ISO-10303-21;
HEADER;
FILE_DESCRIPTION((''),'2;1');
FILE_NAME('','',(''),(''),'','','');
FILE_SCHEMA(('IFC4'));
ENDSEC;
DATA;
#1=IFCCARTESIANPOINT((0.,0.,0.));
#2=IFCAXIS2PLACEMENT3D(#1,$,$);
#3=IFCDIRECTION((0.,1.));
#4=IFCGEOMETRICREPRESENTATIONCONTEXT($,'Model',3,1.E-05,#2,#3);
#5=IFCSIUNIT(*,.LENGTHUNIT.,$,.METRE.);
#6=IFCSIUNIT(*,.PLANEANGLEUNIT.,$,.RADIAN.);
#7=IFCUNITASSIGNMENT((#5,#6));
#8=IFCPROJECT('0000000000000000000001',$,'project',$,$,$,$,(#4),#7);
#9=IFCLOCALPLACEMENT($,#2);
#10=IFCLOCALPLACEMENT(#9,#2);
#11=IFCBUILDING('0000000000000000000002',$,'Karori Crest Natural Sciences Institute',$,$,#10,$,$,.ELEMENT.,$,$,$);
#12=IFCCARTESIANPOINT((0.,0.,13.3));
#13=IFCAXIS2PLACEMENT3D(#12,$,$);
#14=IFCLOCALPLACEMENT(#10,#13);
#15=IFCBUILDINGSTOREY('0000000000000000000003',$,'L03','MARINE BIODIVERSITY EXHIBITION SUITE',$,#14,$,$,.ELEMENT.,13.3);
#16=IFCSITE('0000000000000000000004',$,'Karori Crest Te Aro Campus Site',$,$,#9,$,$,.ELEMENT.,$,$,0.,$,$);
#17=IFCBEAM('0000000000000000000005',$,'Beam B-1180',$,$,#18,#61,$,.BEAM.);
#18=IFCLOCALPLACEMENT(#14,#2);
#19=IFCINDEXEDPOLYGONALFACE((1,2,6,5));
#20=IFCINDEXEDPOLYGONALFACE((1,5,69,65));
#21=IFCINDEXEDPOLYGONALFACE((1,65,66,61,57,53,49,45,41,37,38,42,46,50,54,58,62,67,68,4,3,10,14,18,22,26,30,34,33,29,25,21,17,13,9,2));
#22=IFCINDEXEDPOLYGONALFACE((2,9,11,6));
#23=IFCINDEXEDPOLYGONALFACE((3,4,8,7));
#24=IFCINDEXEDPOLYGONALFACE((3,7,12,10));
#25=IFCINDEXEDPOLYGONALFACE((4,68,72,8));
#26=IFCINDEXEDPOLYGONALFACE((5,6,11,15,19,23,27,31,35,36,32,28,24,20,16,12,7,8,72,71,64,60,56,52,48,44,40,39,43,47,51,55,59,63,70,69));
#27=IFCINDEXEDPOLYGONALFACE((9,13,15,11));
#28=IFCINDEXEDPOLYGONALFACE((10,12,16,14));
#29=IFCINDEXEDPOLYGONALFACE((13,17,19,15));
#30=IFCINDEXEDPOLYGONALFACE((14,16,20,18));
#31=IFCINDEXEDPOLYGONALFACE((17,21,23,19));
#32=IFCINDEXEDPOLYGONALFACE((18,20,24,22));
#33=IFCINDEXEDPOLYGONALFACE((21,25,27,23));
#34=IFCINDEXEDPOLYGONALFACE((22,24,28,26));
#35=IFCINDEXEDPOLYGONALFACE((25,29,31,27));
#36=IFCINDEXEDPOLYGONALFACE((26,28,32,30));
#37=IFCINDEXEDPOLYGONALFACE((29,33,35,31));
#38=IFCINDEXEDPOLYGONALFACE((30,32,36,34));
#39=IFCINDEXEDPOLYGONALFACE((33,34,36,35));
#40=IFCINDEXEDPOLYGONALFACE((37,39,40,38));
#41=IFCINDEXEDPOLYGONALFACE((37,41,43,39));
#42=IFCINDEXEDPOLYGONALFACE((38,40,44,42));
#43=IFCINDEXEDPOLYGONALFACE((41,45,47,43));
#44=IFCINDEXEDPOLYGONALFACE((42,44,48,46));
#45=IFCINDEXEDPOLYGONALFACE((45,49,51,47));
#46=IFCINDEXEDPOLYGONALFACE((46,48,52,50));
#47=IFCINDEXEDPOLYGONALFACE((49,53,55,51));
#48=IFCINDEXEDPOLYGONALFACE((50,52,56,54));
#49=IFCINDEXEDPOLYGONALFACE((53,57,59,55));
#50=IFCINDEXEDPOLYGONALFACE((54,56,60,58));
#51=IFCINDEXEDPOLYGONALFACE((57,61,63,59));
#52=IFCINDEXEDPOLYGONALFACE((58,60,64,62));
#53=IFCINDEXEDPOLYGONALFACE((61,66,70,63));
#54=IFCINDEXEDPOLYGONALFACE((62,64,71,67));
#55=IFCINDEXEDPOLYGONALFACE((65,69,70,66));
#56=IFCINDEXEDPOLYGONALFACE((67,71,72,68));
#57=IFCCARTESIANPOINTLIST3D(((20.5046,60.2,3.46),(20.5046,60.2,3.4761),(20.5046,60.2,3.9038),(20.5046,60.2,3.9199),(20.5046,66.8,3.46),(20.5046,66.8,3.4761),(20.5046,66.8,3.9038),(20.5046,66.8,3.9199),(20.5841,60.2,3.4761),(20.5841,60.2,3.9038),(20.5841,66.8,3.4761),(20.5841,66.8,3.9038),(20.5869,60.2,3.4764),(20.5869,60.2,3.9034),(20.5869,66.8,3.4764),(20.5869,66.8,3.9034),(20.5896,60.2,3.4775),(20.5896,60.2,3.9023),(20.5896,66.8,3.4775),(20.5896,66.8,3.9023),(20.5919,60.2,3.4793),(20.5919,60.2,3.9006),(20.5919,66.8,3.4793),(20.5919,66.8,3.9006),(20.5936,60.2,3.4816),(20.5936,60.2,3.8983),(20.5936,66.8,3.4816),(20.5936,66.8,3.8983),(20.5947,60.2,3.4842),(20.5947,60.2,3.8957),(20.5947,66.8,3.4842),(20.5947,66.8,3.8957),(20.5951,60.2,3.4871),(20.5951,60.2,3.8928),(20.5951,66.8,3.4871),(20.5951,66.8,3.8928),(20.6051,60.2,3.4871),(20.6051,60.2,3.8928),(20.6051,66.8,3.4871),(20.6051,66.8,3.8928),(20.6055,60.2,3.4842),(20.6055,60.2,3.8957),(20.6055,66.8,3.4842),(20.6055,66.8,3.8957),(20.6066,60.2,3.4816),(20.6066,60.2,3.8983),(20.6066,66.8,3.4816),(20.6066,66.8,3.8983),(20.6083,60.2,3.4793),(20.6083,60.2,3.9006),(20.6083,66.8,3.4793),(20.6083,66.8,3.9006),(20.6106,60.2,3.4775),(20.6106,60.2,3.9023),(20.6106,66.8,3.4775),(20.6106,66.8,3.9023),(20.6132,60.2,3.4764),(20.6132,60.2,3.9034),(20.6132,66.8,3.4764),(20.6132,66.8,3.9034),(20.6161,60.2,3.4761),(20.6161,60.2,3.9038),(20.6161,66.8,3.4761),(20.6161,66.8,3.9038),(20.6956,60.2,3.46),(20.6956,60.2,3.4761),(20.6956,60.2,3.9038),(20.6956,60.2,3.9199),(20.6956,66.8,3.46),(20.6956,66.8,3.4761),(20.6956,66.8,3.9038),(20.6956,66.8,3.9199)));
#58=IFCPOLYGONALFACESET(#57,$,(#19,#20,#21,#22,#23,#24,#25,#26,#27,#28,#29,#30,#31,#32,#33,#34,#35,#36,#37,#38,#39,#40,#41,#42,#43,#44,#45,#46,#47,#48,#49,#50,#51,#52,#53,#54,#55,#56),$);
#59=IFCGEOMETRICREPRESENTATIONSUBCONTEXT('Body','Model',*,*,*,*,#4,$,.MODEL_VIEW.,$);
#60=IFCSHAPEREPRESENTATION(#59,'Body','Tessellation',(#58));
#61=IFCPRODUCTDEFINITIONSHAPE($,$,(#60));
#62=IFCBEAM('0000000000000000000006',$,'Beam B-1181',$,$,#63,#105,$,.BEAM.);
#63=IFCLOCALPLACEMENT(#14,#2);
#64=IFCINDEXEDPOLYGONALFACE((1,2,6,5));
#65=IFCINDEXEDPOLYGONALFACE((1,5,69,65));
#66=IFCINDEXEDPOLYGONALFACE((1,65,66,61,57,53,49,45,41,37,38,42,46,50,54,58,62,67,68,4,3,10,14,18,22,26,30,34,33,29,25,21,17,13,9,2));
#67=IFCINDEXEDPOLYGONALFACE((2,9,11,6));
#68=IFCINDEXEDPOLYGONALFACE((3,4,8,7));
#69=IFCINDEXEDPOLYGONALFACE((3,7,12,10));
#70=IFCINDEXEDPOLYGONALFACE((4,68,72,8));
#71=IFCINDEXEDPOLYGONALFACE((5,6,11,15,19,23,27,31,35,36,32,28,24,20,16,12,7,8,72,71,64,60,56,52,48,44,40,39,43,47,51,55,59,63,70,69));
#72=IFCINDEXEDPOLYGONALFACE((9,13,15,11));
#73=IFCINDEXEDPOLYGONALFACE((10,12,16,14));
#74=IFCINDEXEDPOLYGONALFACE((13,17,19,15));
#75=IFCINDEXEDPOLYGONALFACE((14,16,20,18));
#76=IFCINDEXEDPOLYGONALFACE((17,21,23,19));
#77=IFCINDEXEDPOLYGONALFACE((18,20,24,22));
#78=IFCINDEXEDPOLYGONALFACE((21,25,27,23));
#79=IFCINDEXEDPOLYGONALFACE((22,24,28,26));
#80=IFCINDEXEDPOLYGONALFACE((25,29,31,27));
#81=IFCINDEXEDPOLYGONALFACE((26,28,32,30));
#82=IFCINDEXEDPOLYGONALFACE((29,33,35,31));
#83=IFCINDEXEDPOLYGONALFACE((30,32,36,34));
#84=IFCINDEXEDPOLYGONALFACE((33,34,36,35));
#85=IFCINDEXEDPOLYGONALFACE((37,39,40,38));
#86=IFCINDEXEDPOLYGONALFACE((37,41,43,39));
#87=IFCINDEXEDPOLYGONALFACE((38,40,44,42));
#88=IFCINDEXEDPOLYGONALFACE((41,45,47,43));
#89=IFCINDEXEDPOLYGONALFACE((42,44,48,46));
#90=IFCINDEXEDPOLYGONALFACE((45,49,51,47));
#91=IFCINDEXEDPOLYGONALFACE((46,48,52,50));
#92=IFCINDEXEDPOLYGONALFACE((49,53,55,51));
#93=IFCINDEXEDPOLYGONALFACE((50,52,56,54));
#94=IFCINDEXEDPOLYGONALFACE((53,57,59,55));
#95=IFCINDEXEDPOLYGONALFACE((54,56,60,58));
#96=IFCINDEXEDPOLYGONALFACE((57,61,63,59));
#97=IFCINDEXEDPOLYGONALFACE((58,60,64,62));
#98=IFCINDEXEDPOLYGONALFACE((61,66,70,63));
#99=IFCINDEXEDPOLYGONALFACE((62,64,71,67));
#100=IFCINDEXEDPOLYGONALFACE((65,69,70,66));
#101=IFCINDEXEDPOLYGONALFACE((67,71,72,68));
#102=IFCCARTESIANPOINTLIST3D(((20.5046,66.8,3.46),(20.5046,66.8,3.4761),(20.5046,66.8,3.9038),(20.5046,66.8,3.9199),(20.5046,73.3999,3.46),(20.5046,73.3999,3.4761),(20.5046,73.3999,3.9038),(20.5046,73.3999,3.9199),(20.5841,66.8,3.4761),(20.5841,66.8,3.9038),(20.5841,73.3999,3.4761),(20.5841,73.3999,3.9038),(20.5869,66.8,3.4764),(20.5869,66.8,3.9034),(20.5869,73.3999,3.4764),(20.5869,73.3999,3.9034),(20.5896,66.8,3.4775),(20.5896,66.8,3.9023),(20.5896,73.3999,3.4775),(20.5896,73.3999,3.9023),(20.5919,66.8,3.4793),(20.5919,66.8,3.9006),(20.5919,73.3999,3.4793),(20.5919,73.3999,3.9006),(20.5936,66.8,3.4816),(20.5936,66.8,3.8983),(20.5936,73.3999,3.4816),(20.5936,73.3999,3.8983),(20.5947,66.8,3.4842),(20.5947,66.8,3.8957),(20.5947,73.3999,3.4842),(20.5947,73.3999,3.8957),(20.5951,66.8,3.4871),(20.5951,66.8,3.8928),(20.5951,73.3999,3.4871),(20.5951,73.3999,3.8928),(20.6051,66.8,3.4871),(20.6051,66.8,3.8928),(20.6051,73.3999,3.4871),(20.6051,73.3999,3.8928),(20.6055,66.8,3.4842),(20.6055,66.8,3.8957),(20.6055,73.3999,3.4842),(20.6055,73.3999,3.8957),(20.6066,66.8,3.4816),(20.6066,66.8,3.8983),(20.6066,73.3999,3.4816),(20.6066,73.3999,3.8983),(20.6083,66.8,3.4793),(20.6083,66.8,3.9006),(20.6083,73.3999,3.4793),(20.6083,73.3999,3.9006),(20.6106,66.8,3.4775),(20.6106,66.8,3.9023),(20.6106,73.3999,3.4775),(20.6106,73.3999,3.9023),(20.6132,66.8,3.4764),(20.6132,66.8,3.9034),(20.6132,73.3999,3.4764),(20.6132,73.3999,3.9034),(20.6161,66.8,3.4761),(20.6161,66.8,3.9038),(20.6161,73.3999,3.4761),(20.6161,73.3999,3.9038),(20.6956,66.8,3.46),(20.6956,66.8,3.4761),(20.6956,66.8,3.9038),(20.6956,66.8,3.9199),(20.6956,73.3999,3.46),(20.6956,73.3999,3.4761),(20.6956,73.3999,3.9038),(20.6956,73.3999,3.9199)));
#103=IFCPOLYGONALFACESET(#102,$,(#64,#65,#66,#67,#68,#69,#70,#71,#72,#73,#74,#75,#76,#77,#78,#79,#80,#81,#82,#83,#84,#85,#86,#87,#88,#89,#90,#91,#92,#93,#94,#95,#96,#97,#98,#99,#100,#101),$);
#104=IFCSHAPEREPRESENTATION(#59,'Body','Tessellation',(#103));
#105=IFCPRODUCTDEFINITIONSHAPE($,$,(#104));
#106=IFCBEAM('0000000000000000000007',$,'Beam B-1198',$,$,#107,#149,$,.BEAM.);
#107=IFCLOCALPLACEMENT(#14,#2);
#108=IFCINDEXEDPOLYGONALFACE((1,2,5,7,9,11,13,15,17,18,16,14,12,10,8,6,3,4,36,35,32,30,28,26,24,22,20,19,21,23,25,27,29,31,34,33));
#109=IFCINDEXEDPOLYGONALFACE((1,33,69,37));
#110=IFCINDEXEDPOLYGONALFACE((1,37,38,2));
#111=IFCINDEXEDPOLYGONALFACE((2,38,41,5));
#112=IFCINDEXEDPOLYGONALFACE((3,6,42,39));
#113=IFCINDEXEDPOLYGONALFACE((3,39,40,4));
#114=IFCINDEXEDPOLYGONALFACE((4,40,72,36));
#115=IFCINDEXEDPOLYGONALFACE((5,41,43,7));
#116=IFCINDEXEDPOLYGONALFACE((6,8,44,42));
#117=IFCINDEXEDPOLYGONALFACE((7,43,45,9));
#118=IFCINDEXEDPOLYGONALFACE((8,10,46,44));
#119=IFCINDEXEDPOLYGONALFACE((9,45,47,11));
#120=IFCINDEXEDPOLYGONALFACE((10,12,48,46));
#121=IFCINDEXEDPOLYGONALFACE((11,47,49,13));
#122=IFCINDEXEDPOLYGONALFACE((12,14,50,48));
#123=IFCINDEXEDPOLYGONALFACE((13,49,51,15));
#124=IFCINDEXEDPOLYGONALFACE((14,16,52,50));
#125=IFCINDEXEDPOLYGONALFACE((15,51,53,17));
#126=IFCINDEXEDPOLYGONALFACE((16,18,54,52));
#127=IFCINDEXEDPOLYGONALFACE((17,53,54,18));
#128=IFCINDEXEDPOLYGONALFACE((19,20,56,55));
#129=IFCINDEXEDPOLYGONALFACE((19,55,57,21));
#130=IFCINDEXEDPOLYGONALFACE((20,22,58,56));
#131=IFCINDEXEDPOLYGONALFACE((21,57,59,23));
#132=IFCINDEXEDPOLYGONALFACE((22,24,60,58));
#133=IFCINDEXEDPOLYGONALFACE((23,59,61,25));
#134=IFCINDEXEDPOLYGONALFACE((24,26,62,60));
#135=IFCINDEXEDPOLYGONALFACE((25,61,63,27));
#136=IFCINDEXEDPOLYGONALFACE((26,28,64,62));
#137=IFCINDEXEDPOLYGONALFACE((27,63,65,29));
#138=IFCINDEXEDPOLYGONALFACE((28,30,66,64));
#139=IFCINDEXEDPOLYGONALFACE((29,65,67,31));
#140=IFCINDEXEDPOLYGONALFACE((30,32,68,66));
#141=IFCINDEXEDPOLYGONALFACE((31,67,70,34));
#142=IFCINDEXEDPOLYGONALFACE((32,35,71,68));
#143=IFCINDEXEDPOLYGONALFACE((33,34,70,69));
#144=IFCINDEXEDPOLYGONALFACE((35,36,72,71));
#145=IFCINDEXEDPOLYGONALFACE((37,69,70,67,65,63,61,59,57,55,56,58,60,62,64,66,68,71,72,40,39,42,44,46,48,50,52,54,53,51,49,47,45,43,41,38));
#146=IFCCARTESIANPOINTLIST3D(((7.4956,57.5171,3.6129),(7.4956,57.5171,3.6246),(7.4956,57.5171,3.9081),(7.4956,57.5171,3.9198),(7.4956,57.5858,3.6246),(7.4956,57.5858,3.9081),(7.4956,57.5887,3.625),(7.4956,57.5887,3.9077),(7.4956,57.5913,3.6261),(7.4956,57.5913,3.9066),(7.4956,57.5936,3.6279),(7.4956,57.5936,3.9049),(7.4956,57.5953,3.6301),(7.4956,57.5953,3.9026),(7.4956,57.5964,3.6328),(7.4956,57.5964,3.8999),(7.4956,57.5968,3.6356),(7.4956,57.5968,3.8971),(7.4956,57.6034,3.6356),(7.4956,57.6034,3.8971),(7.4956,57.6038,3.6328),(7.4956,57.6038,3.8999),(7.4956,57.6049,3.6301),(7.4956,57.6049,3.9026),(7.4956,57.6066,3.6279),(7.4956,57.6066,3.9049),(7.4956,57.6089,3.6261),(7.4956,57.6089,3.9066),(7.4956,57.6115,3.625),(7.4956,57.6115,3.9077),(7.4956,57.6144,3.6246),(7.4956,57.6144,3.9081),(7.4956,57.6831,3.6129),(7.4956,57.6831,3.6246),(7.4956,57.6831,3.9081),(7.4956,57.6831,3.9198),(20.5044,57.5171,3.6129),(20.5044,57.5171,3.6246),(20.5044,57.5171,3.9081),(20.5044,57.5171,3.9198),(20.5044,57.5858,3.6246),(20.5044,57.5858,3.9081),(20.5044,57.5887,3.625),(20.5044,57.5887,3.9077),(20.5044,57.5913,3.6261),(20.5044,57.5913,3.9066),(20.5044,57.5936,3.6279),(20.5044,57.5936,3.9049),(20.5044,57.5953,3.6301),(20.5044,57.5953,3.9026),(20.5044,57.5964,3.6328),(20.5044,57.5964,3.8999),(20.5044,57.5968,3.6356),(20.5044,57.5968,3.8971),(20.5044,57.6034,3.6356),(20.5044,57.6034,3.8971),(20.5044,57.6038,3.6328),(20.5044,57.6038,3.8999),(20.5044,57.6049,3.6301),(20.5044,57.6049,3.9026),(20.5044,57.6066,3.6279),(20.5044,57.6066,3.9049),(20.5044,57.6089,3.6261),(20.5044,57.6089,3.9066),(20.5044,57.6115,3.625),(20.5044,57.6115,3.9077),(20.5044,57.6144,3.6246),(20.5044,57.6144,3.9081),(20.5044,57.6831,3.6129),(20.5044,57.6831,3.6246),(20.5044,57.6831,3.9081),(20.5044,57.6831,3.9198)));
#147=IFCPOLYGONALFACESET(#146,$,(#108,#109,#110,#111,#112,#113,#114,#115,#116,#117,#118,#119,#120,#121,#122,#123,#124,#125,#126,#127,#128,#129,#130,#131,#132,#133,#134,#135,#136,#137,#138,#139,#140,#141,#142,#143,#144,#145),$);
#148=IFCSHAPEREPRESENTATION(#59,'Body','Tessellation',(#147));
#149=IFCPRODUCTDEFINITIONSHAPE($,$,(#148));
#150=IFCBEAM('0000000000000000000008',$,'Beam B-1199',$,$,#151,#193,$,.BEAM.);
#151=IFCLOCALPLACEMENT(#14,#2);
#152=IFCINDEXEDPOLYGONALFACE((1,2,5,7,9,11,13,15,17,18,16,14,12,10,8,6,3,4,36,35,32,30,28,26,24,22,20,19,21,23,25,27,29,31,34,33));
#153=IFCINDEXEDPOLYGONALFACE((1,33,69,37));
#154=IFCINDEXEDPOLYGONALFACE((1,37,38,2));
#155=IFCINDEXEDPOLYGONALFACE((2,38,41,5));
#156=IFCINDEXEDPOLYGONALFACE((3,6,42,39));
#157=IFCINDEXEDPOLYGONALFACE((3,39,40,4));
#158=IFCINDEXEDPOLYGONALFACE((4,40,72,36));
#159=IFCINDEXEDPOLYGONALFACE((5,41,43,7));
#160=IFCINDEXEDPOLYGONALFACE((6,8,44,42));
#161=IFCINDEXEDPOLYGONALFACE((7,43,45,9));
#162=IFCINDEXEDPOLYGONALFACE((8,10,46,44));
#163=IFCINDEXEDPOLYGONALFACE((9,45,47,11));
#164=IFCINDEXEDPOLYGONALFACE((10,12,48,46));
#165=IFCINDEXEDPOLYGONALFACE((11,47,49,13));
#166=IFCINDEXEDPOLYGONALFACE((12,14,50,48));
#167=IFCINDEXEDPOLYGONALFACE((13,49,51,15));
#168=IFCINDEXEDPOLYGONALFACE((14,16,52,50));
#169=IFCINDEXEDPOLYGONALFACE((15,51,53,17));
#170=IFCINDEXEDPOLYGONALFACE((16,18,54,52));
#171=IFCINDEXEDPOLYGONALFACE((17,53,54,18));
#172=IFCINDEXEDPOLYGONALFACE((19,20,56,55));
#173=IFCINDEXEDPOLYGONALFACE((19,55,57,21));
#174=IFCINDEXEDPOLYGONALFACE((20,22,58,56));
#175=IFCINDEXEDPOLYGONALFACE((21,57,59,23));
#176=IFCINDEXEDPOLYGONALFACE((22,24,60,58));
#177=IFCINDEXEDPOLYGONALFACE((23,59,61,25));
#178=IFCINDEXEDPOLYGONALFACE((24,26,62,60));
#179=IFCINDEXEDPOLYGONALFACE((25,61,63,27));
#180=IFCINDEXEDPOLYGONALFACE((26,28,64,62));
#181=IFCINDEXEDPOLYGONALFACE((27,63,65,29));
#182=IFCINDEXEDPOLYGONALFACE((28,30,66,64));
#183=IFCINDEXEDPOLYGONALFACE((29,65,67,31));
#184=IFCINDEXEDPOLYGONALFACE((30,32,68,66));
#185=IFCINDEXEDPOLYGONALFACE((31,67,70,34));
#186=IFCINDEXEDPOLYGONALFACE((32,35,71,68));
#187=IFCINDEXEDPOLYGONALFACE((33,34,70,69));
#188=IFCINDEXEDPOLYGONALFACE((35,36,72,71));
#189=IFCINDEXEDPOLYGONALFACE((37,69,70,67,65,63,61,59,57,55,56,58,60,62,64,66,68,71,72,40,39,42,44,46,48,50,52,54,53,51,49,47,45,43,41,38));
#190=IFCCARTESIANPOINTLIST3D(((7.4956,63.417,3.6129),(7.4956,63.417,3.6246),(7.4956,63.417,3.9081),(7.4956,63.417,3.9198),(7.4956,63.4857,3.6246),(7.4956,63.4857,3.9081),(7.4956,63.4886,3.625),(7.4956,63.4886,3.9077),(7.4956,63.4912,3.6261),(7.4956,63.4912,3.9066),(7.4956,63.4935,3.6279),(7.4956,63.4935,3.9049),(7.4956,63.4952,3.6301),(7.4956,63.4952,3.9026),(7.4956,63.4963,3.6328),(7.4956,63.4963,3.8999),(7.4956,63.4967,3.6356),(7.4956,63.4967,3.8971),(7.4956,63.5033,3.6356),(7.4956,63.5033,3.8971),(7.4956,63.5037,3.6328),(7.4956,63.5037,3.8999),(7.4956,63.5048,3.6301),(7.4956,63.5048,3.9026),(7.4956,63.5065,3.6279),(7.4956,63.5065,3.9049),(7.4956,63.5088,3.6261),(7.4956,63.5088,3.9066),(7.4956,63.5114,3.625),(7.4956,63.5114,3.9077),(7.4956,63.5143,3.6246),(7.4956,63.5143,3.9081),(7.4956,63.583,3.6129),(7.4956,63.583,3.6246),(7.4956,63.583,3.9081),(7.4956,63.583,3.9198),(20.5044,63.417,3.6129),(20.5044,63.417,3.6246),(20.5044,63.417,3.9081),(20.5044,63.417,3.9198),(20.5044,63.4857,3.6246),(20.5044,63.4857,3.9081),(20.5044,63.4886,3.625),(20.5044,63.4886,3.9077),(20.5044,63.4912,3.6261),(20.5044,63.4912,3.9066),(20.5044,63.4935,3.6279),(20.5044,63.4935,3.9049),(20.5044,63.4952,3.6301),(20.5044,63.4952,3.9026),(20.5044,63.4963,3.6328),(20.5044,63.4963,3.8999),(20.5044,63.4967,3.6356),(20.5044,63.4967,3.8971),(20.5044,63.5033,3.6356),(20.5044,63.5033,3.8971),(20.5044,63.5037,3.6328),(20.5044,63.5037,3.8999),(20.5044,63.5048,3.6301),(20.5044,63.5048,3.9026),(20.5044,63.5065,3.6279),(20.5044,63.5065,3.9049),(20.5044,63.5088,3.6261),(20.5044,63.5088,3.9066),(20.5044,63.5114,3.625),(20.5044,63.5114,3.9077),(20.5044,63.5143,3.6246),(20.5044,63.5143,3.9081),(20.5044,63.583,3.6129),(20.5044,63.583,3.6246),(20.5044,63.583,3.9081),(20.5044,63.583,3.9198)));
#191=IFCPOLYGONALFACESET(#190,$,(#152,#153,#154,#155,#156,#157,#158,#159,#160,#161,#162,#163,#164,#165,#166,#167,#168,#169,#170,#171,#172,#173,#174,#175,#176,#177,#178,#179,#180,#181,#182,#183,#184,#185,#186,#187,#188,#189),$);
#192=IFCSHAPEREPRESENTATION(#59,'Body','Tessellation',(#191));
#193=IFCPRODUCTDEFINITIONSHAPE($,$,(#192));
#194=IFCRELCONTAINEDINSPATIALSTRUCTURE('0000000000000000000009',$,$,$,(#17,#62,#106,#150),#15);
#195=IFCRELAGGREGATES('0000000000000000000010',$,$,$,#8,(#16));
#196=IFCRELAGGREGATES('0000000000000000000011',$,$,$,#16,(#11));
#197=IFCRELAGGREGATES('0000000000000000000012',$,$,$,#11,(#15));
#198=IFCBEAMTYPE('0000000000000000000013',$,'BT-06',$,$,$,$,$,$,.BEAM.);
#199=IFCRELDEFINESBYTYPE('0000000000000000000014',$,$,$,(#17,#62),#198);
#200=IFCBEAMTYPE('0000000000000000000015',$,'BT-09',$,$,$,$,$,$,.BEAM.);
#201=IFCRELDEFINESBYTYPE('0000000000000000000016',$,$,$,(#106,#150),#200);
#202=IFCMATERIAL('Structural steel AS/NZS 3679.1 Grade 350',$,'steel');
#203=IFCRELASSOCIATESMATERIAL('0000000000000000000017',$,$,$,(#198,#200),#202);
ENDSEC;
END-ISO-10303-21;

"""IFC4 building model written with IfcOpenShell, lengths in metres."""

from ifc_helpers import new_model, si_unit, direction, frame, origin, origin_2d, place, context, subcontext, project, spatial, i_section, extrude, material, material_profile, profile_set, type_object, element, save


model = new_model("IFC4")

# Units and contexts
model_context = context("Model", 3, precision=1e-05, world=origin(), true_north=direction((0.0, 1.0)))
body_context = subcontext(model_context, "Body", "Model", "MODEL_VIEW")
ifc_project = project(units=[si_unit("LENGTHUNIT", "METRE"), si_unit("PLANEANGLEUNIT", "RADIAN")], contexts=[model_context])

# Site, building, storey
site_placement = place(None, origin())
site = spatial("IfcSite", under=ifc_project, at=site_placement, Name="Karori Crest Te Aro Campus Site", CompositionType="ELEMENT", RefElevation=0.0)
building_placement = place(site_placement, origin())
building = spatial("IfcBuilding", under=site, at=building_placement, Name="Karori Crest Natural Sciences Institute", CompositionType="ELEMENT")
storey_placement = place(building_placement, frame((0.0, 0.0, 13.3)))
storey = spatial("IfcBuildingStorey", under=building, at=storey_placement, Name="L03", Description="MARINE BIODIVERSITY EXHIBITION SUITE", CompositionType="ELEMENT", Elevation=13.3)

# Shared definitions
ifc_material_1 = material(Name="Structural steel AS/NZS 3679.1 Grade 350", Category="steel")

# Beams
ifc_material_profile_1 = material_profile(ifc_material_1, i_section(OverallWidth=0.1909, OverallDepth=0.46, WebThickness=0.01, FlangeThickness=0.0161, FilletRadius=0.011, at=origin_2d()), Name="460UB82.1")
ifc_profile_set_1 = profile_set([ifc_material_profile_1], Name="Structural steel AS/NZS 3679.1 Grade 350")
beam_type_1 = type_object("IfcBeamType", Name="BT-06", PredefinedType="BEAM", material=ifc_profile_set_1)
beam_1_placement = place(storey_placement, frame((20.6001, 60.2, 3.6899), z_axis=(0.0, 1.0, 0.0), x_axis=(-1.0, 0.0, 0.0)))
element("IfcBeam", 1, at=beam_1_placement, inside=storey, type_object=beam_type_1, Name="Beam B-1180", PredefinedType="BEAM", context=body_context, shape_type="SweptSolid", body=[
    extrude(i_section(OverallWidth=0.1909, OverallDepth=0.46, WebThickness=0.01, FlangeThickness=0.0161, FilletRadius=0.011, at=origin_2d()), origin(), (0.0, 0.0, 1.0), 6.6001),
])
beam_2_placement = place(storey_placement, frame((20.6001, 66.8, 3.6899), z_axis=(0.0, 1.0, 0.0), x_axis=(-1.0, 0.0, 0.0)))
element("IfcBeam", 2, at=beam_2_placement, inside=storey, type_object=beam_type_1, Name="Beam B-1181", PredefinedType="BEAM", context=body_context, shape_type="SweptSolid", body=[
    extrude(i_section(OverallWidth=0.1909, OverallDepth=0.46, WebThickness=0.01, FlangeThickness=0.0161, FilletRadius=0.011, at=origin_2d()), origin(), (0.0, 0.0, 1.0), 6.5999),
])
ifc_material_profile_2 = material_profile(ifc_material_1, i_section(OverallWidth=0.166, OverallDepth=0.3069, WebThickness=0.0066, FlangeThickness=0.0117, FilletRadius=0.011, at=origin_2d()), Name="310UB46.2")
ifc_profile_set_2 = profile_set([ifc_material_profile_2], Name="Structural steel AS/NZS 3679.1 Grade 350")
beam_type_2 = type_object("IfcBeamType", Name="BT-09", PredefinedType="BEAM", material=ifc_profile_set_2)
for number, where, z_axis, x_axis, name in (
    (3, (7.4956, 57.6001, 3.7664), (1.0, 0.0, 0.0), (0.0, 1.0, 0.0), "Beam B-1198"),
    (4, (7.4956, 63.5, 3.7664), (1.0, 0.0, 0.0), (0.0, 1.0, 0.0), "Beam B-1199"),
):
    element("IfcBeam", number, at=place(storey_placement, frame(where, z_axis=z_axis, x_axis=x_axis)), inside=storey, type_object=beam_type_2, Name=name, PredefinedType="BEAM", context=body_context, shape_type="SweptSolid", body=[
        extrude(i_section(OverallWidth=0.166, OverallDepth=0.3069, WebThickness=0.0066, FlangeThickness=0.0117, FilletRadius=0.011, at=origin_2d()), origin(), (0.0, 0.0, 1.0), 13.0088),
    ])

save(model, "model.ifc")
